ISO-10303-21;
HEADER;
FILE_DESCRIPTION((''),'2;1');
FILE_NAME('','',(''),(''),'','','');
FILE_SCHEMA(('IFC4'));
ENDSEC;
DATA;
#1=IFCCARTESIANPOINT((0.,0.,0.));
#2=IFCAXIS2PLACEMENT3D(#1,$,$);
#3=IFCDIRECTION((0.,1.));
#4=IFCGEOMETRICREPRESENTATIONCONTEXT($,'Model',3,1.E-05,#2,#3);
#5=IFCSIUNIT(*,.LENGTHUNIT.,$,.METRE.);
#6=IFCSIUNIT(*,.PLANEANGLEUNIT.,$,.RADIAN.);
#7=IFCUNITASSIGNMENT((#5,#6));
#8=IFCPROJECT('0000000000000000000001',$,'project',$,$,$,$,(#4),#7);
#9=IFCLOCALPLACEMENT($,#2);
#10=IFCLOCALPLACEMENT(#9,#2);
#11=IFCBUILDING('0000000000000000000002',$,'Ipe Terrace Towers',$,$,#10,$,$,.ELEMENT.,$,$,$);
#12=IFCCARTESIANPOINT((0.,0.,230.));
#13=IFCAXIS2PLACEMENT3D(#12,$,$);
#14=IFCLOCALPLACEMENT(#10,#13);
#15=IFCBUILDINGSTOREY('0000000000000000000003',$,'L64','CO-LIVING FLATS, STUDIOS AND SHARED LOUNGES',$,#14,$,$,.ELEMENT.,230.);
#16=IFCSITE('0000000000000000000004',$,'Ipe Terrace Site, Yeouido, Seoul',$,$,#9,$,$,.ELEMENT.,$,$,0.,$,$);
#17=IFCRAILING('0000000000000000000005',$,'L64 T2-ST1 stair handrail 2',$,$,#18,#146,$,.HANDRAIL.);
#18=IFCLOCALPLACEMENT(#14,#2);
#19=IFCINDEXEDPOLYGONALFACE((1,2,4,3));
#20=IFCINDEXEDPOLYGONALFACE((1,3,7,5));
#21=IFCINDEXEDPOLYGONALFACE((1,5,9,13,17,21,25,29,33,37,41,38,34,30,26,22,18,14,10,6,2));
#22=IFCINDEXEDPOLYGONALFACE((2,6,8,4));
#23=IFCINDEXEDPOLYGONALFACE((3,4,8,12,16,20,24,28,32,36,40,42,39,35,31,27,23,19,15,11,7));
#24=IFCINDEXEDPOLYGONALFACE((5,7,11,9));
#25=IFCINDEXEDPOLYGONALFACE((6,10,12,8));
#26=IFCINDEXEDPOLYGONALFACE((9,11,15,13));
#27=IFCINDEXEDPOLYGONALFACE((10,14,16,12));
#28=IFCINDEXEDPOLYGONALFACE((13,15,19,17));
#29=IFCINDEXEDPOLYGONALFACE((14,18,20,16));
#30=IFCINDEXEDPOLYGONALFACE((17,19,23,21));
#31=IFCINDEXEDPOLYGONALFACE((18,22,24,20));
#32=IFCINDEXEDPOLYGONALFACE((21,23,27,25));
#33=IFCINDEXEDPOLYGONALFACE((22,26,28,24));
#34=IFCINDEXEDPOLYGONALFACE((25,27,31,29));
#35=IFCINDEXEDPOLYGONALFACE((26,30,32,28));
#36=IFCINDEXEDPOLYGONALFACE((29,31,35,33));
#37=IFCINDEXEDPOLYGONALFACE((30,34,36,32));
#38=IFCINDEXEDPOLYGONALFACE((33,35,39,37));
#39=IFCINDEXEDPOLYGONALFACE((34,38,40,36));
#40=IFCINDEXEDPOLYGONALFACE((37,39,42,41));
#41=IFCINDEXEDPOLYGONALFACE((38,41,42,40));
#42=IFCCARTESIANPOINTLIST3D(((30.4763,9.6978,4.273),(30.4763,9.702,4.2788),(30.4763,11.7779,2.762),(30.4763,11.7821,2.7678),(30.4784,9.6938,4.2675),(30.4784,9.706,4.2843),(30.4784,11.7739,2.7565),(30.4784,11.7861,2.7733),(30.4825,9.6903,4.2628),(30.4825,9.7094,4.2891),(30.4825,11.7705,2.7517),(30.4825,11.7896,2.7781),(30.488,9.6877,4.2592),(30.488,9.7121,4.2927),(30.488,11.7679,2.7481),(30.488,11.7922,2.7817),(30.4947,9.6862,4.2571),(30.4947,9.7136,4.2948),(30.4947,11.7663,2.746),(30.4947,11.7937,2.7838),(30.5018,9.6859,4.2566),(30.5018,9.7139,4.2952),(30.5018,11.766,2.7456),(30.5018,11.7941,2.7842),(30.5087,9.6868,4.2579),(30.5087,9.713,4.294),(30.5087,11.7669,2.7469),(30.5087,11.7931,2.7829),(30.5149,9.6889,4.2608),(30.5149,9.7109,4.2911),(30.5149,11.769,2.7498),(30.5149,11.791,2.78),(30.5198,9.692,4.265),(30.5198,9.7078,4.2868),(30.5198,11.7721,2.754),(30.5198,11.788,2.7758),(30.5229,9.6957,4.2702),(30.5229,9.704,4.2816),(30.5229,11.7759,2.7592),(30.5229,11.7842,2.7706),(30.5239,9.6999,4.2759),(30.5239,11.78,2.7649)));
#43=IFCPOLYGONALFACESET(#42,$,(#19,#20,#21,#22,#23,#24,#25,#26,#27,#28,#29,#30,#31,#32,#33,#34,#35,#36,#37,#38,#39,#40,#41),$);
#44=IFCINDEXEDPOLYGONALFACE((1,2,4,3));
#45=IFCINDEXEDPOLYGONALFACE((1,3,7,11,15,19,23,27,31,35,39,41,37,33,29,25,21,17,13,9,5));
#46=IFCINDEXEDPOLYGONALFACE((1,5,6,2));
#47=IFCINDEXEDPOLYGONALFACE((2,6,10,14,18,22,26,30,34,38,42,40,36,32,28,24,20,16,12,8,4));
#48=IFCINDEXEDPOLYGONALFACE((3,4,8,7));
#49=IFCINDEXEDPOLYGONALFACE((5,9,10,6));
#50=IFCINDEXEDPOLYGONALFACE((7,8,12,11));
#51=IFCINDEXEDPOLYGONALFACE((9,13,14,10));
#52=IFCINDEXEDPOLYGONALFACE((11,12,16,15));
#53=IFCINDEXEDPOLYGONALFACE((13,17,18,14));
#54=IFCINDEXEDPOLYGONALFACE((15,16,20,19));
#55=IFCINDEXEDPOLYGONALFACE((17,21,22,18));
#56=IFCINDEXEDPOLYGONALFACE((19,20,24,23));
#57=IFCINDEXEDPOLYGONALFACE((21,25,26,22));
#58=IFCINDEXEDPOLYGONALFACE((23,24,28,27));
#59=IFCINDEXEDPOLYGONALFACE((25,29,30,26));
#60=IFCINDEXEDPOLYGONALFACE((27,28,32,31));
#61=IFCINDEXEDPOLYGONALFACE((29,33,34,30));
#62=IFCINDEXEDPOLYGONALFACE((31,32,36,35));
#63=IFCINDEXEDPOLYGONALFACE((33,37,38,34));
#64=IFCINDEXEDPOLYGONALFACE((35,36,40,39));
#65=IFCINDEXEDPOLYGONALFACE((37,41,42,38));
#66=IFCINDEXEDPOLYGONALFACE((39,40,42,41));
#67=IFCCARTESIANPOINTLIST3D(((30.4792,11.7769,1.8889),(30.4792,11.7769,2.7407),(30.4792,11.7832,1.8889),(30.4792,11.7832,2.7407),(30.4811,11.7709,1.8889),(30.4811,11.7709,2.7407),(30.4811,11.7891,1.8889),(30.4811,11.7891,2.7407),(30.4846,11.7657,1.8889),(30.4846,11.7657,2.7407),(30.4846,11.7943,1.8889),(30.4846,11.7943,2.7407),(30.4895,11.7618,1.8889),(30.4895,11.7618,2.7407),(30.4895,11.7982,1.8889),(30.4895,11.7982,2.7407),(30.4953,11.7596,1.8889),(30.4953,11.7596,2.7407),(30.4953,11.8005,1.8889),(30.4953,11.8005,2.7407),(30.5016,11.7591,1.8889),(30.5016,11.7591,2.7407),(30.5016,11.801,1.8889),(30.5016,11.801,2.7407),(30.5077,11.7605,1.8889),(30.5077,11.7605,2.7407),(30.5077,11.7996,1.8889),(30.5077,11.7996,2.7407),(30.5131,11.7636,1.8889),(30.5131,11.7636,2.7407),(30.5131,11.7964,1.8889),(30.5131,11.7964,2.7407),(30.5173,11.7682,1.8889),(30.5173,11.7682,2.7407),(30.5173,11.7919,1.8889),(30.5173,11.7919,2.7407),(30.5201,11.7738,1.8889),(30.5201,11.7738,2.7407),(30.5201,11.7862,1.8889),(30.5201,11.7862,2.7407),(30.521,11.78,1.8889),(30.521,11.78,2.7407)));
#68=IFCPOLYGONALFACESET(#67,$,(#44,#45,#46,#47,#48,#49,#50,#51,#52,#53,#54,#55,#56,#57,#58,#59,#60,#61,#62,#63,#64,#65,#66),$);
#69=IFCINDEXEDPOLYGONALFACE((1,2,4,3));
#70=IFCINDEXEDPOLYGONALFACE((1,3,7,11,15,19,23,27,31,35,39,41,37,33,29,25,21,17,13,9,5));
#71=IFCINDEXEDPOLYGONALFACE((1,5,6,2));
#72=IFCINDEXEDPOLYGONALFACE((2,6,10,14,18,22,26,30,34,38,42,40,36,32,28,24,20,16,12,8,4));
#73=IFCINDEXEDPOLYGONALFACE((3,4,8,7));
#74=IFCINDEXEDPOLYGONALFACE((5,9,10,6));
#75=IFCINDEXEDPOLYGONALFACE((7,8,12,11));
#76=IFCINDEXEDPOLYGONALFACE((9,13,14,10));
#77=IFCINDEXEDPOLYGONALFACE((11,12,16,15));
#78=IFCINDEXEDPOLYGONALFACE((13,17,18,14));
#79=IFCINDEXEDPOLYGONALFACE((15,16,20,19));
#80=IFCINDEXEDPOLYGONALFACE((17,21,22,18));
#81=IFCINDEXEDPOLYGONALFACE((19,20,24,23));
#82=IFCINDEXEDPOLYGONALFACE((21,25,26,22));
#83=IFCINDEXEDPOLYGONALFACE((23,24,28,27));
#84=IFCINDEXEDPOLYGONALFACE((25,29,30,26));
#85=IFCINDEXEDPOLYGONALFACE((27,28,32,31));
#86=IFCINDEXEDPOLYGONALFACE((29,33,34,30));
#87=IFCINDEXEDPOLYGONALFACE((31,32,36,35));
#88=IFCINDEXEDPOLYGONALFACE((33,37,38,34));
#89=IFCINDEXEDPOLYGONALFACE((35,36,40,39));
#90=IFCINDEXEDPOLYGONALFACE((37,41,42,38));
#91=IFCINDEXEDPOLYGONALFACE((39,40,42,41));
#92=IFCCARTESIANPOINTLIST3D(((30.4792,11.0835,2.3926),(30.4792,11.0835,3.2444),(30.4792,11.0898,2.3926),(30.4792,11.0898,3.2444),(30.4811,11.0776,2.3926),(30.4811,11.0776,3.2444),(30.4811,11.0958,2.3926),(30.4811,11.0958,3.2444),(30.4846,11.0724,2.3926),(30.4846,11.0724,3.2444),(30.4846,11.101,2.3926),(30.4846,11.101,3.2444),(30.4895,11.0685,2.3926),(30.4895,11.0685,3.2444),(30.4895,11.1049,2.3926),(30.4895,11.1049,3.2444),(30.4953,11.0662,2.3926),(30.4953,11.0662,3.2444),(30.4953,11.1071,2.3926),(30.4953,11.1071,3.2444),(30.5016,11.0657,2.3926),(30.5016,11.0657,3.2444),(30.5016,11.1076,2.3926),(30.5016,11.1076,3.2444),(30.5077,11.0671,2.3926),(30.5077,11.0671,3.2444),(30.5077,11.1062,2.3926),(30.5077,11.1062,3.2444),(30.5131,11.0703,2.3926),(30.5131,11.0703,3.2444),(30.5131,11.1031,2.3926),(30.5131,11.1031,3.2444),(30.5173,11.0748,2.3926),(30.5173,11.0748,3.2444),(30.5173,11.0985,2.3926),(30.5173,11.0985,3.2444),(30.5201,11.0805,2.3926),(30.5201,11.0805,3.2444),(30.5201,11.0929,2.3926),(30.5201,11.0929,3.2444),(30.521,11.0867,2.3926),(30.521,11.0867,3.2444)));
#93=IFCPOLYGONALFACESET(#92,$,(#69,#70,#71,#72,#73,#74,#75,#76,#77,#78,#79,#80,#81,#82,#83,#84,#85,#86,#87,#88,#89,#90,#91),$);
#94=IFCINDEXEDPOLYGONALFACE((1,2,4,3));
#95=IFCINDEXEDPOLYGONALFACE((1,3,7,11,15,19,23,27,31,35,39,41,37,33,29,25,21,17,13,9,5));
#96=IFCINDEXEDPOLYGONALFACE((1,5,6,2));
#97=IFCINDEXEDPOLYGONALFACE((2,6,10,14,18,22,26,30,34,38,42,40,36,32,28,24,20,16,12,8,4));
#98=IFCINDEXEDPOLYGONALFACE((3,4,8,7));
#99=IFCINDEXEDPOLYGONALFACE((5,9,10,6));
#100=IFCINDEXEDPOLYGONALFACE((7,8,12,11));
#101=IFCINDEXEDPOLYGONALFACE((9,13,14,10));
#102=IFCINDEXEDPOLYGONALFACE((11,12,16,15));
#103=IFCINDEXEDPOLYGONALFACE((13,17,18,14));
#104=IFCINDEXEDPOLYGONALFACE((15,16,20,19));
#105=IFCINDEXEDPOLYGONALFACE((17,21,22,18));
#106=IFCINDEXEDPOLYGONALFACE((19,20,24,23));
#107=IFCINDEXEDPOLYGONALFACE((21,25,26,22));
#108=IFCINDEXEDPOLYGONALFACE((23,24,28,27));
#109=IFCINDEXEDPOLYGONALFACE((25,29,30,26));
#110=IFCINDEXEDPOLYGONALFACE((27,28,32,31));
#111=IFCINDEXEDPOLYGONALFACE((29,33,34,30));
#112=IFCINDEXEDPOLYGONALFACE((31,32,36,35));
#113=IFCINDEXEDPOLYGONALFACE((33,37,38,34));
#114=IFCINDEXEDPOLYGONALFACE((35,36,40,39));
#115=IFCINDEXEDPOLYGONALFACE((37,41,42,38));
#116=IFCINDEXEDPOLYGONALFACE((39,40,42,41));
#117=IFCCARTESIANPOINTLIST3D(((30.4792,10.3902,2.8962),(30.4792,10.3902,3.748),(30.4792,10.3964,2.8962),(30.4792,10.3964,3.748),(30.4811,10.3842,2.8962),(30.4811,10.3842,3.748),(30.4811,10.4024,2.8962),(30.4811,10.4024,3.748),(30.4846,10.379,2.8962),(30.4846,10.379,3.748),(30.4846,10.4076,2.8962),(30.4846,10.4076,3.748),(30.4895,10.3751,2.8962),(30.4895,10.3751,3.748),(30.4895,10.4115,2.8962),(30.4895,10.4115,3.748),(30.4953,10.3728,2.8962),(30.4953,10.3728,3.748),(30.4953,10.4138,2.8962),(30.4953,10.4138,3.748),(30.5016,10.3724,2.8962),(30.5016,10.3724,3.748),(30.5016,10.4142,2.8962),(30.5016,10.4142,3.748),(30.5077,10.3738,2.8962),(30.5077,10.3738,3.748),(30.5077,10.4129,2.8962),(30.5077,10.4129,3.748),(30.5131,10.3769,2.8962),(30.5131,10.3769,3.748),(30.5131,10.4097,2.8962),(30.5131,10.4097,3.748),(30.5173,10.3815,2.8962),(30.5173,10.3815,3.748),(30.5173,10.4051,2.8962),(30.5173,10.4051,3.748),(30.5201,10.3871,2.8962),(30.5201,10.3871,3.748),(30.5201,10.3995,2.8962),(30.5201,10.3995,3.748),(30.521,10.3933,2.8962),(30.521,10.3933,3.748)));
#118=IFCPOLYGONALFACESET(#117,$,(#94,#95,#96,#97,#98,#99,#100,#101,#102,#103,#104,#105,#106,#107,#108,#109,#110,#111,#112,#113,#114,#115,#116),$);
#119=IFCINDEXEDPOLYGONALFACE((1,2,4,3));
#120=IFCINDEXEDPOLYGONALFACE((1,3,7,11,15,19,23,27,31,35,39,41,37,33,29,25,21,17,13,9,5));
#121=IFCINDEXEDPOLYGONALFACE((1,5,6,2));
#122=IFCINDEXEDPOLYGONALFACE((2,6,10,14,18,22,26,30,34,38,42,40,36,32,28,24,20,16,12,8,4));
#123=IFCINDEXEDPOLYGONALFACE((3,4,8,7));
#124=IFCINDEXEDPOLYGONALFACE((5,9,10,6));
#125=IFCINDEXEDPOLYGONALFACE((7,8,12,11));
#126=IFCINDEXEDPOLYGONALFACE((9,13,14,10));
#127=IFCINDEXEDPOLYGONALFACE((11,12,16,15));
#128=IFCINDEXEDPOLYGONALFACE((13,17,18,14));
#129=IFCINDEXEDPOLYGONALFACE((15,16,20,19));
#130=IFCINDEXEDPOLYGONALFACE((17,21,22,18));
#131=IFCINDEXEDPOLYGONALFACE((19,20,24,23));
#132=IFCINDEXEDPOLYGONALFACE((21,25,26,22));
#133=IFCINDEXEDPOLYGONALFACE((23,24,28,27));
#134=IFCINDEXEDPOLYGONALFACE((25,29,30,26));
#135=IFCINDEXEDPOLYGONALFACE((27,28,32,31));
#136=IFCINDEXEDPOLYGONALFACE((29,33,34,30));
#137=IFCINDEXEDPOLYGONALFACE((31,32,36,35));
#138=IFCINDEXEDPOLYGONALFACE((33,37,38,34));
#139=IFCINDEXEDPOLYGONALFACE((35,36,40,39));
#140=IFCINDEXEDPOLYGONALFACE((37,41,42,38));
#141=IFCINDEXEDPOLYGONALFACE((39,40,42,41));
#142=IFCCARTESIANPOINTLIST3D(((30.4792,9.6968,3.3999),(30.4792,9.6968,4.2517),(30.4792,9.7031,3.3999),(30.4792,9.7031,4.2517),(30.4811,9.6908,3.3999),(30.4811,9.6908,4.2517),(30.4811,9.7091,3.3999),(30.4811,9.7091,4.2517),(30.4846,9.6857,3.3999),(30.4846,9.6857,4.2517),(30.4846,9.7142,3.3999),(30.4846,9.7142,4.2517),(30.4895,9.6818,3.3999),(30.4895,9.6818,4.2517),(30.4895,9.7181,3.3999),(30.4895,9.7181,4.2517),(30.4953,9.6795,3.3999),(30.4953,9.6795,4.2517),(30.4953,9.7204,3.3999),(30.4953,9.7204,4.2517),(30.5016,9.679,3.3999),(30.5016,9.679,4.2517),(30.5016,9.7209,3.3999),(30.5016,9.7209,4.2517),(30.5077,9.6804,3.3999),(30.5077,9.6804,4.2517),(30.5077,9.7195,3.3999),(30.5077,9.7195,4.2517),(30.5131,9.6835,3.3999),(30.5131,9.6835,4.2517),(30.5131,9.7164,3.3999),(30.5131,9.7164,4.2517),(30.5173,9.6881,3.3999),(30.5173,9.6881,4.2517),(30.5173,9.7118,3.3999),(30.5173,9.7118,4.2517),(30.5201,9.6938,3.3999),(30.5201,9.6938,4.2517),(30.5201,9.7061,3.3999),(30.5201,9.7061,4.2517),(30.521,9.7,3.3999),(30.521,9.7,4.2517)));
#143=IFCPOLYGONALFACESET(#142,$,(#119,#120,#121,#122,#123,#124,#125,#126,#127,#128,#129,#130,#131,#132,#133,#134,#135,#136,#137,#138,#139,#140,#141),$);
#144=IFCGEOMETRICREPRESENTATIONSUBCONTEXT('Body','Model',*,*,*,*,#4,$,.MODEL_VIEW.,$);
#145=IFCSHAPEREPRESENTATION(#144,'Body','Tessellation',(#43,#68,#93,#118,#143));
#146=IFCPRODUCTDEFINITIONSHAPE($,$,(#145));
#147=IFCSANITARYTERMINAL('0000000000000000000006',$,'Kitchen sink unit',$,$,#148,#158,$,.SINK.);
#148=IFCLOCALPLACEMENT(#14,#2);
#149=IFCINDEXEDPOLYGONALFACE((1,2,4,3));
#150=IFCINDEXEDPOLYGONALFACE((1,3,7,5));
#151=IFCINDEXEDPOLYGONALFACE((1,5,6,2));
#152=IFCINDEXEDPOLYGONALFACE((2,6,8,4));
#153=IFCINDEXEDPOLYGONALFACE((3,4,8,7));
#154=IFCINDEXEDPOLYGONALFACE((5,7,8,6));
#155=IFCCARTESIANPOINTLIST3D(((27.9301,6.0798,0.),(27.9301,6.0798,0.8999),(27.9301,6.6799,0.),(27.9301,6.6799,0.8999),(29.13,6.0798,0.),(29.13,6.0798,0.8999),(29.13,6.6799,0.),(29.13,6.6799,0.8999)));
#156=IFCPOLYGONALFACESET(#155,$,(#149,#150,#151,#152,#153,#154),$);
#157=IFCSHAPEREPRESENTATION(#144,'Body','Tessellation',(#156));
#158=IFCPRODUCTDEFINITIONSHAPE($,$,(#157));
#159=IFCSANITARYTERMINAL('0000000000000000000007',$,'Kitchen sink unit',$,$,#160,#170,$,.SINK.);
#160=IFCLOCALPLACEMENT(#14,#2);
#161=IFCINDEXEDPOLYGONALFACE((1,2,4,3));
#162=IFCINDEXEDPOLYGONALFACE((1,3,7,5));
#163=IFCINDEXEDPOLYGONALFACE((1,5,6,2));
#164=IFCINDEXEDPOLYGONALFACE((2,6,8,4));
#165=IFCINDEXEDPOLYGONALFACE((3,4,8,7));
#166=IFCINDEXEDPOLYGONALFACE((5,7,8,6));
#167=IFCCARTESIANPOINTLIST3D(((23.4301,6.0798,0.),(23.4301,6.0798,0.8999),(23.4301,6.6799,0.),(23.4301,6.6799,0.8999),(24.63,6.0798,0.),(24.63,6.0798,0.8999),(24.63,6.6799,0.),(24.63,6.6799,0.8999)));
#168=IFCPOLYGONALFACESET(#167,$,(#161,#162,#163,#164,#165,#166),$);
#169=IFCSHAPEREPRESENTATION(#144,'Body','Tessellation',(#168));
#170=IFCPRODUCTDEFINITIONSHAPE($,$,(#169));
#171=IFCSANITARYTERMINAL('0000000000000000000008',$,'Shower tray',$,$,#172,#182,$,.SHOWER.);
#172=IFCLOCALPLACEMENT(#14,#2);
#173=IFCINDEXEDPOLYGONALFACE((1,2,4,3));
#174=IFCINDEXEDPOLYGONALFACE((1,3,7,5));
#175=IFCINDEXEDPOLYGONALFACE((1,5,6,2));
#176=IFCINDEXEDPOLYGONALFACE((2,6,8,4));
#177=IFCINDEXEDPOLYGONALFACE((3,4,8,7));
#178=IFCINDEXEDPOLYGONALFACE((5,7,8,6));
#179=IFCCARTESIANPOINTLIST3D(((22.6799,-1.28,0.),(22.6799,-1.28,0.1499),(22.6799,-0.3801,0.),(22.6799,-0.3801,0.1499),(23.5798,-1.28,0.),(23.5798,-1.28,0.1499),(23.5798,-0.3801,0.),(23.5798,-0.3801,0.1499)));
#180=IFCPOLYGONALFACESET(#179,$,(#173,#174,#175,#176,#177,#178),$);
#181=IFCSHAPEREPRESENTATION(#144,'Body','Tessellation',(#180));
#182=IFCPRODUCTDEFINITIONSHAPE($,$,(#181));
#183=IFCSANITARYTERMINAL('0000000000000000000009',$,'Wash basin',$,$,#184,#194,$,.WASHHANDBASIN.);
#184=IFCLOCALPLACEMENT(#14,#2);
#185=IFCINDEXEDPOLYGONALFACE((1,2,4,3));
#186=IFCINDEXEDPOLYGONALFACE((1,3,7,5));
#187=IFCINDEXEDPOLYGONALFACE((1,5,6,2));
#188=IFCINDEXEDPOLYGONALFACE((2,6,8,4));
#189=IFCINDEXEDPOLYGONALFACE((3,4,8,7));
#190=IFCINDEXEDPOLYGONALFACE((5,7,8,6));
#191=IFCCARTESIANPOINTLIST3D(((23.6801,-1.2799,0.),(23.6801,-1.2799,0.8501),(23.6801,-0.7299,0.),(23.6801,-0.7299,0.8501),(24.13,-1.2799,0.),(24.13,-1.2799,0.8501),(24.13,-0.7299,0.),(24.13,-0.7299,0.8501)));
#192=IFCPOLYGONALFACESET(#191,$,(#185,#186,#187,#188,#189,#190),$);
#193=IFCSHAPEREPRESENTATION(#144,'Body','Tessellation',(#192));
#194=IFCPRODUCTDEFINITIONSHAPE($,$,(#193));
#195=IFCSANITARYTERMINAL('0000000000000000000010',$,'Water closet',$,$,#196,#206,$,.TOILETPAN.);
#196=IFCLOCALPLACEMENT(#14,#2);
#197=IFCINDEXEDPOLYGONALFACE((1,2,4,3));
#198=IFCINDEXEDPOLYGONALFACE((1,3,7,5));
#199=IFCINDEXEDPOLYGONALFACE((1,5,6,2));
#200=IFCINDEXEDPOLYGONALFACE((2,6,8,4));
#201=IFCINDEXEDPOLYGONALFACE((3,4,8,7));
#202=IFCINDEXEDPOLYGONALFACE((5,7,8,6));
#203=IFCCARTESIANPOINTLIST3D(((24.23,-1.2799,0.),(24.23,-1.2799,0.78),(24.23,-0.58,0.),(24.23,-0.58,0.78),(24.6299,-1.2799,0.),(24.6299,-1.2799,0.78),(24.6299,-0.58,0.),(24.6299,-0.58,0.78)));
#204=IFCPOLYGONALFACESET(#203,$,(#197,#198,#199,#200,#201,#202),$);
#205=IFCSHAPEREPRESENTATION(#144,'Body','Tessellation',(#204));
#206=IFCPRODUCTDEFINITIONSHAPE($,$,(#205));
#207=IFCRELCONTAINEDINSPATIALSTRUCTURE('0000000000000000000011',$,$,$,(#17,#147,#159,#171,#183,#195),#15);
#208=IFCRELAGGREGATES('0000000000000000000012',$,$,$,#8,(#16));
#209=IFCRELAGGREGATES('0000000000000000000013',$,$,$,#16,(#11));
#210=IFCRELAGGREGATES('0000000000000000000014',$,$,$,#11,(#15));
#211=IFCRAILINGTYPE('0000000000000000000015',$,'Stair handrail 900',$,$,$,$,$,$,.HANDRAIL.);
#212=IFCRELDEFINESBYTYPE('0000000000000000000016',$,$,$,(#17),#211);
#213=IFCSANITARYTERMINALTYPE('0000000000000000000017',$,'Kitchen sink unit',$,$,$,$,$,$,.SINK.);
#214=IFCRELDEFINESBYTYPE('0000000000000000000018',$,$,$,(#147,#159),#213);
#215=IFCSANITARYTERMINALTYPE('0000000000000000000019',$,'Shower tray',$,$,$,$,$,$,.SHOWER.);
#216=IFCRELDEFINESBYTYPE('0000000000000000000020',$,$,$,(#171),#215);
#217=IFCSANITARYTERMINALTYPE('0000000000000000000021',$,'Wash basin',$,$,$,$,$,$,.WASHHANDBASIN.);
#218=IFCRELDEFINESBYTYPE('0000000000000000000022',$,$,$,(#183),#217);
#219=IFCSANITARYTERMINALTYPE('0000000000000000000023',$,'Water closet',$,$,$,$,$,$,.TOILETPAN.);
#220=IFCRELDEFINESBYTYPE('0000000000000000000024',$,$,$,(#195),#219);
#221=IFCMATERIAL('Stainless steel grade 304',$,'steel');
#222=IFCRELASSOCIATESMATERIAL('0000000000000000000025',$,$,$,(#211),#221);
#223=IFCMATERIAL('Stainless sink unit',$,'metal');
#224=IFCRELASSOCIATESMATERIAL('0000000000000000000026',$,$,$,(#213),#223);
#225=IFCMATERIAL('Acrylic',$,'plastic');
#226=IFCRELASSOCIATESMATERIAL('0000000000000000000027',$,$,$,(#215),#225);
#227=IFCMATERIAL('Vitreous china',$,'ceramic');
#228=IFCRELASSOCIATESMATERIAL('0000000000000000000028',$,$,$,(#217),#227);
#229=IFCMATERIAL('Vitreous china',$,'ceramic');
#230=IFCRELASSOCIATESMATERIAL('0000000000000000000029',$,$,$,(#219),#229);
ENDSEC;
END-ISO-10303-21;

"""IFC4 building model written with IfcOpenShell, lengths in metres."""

from ifc_helpers import new_model, si_unit, direction, frame, origin, origin_2d, place, context, subcontext, project, spatial, rectangle, circle, extrude, material, type_object, element, save


model = new_model("IFC4")

# Units and contexts
model_context = context("Model", 3, precision=1e-05, world=origin(), true_north=direction((0.0, 1.0)))
body_context = subcontext(model_context, "Body", "Model", "MODEL_VIEW")
ifc_project = project(units=[si_unit("LENGTHUNIT", "METRE"), si_unit("PLANEANGLEUNIT", "RADIAN")], contexts=[model_context])

# Site, building, storey
site_placement = place(None, origin())
site = spatial("IfcSite", under=ifc_project, at=site_placement, Name="Ipe Terrace Site, Yeouido, Seoul", CompositionType="ELEMENT", RefElevation=0.0)
building_placement = place(site_placement, origin())
building = spatial("IfcBuilding", under=site, at=building_placement, Name="Ipe Terrace Towers", CompositionType="ELEMENT")
storey_placement = place(building_placement, frame((0.0, 0.0, 230.0)))
storey = spatial("IfcBuildingStorey", under=building, at=storey_placement, Name="L64", Description="CO-LIVING FLATS, STUDIOS AND SHARED LOUNGES", CompositionType="ELEMENT", Elevation=230.0)

# Railing
ifc_material_1 = material(Name="Stainless steel grade 304", Category="steel")
railing_type = type_object("IfcRailingType", Name="Stair handrail 900", PredefinedType="HANDRAIL", material=ifc_material_1)
railing_placement = place(storey_placement, frame((30.5, 11.78, 1.8889)))
element("IfcRailing", 1, at=railing_placement, inside=storey, type_object=railing_type, Name="L64 T2-ST1 stair handrail 2", PredefinedType="HANDRAIL", context=body_context, shape_type="SweptSolid", body=[
    extrude(circle(Radius=0.0239, at=origin_2d()), frame((0.0, 0.0, 0.876), z_axis=(0.0, -0.809069, 0.587714), x_axis=(1.0, 0.0, 0.0)), (0.0, 0.0, 1.0), 2.571),
    extrude(circle(Radius=0.021, at=origin_2d()), origin(), (0.0, 0.0, 1.0), 0.8518),
    extrude(circle(Radius=0.021, at=origin_2d()), frame((0.0, -0.6934, 0.5037)), (0.0, 0.0, 1.0), 0.8518),
    extrude(circle(Radius=0.021, at=origin_2d()), frame((0.0, -1.3867, 1.0073)), (0.0, 0.0, 1.0), 0.8518),
    extrude(circle(Radius=0.021, at=origin_2d()), frame((0.0, -2.0801, 1.511)), (0.0, 0.0, 1.0), 0.8518),
])

# Sanitary terminals
ifc_material_2 = material(Name="Stainless sink unit", Category="metal")
sanitary_terminal_type_1 = type_object("IfcSanitaryTerminalType", Name="Kitchen sink unit", PredefinedType="SINK", material=ifc_material_2)
for number, where, z_axis, x_axis, name in (
    (2, (28.53, 6.3799, 0.0), (0.0, 0.0, 1.0), (1.0, 0.0, 0.0), "Kitchen sink unit"),
    (3, (24.03, 6.3799, 0.0), (0.0, 0.0, 1.0), (1.0, 0.0, 0.0), "Kitchen sink unit"),
):
    element("IfcSanitaryTerminal", number, at=place(storey_placement, frame(where, z_axis=z_axis, x_axis=x_axis)), inside=storey, type_object=sanitary_terminal_type_1, Name=name, PredefinedType="SINK", context=body_context, shape_type="SweptSolid", body=[
        extrude(rectangle(XDim=1.2, YDim=0.6001, at=origin_2d()), origin(), (0.0, 0.0, 1.0), 0.8999),
    ])
ifc_material_3 = material(Name="Acrylic", Category="plastic")
sanitary_terminal_type_2 = type_object("IfcSanitaryTerminalType", Name="Shower tray", PredefinedType="SHOWER", material=ifc_material_3)
sanitary_terminal_1_placement = place(storey_placement, frame((23.1299, -0.8301, 0.0), z_axis=(0.0, 0.0, 1.0), x_axis=(0.0, 1.0, 0.0)))
element("IfcSanitaryTerminal", 4, at=sanitary_terminal_1_placement, inside=storey, type_object=sanitary_terminal_type_2, Name="Shower tray", PredefinedType="SHOWER", context=body_context, shape_type="SweptSolid", body=[
    extrude(rectangle(XDim=0.8999, YDim=0.8999, at=origin_2d()), origin(), (0.0, 0.0, 1.0), 0.1499),
])
ifc_material_4 = material(Name="Vitreous china", Category="ceramic")
sanitary_terminal_type_3 = type_object("IfcSanitaryTerminalType", Name="Wash basin", PredefinedType="WASHHANDBASIN", material=ifc_material_4)
sanitary_terminal_2_placement = place(storey_placement, frame((23.905, -1.0049, 0.0), z_axis=(0.0, 0.0, 1.0), x_axis=(0.0, 1.0, 0.0)))
element("IfcSanitaryTerminal", 5, at=sanitary_terminal_2_placement, inside=storey, type_object=sanitary_terminal_type_3, Name="Wash basin", PredefinedType="WASHHANDBASIN", context=body_context, shape_type="SweptSolid", body=[
    extrude(rectangle(XDim=0.55, YDim=0.45, at=origin_2d()), origin(), (0.0, 0.0, 1.0), 0.8501),
])
ifc_material_5 = material(Name="Vitreous china", Category="ceramic")
sanitary_terminal_type_4 = type_object("IfcSanitaryTerminalType", Name="Water closet", PredefinedType="TOILETPAN", material=ifc_material_5)
sanitary_terminal_3_placement = place(storey_placement, frame((24.4299, -0.9299, 0.0), z_axis=(0.0, 0.0, 1.0), x_axis=(0.0, 1.0, 0.0)))
element("IfcSanitaryTerminal", 6, at=sanitary_terminal_3_placement, inside=storey, type_object=sanitary_terminal_type_4, Name="Water closet", PredefinedType="TOILETPAN", context=body_context, shape_type="SweptSolid", body=[
    extrude(rectangle(XDim=0.7, YDim=0.3999, at=origin_2d()), origin(), (0.0, 0.0, 1.0), 0.78),
])

save(model, "model.ifc")
